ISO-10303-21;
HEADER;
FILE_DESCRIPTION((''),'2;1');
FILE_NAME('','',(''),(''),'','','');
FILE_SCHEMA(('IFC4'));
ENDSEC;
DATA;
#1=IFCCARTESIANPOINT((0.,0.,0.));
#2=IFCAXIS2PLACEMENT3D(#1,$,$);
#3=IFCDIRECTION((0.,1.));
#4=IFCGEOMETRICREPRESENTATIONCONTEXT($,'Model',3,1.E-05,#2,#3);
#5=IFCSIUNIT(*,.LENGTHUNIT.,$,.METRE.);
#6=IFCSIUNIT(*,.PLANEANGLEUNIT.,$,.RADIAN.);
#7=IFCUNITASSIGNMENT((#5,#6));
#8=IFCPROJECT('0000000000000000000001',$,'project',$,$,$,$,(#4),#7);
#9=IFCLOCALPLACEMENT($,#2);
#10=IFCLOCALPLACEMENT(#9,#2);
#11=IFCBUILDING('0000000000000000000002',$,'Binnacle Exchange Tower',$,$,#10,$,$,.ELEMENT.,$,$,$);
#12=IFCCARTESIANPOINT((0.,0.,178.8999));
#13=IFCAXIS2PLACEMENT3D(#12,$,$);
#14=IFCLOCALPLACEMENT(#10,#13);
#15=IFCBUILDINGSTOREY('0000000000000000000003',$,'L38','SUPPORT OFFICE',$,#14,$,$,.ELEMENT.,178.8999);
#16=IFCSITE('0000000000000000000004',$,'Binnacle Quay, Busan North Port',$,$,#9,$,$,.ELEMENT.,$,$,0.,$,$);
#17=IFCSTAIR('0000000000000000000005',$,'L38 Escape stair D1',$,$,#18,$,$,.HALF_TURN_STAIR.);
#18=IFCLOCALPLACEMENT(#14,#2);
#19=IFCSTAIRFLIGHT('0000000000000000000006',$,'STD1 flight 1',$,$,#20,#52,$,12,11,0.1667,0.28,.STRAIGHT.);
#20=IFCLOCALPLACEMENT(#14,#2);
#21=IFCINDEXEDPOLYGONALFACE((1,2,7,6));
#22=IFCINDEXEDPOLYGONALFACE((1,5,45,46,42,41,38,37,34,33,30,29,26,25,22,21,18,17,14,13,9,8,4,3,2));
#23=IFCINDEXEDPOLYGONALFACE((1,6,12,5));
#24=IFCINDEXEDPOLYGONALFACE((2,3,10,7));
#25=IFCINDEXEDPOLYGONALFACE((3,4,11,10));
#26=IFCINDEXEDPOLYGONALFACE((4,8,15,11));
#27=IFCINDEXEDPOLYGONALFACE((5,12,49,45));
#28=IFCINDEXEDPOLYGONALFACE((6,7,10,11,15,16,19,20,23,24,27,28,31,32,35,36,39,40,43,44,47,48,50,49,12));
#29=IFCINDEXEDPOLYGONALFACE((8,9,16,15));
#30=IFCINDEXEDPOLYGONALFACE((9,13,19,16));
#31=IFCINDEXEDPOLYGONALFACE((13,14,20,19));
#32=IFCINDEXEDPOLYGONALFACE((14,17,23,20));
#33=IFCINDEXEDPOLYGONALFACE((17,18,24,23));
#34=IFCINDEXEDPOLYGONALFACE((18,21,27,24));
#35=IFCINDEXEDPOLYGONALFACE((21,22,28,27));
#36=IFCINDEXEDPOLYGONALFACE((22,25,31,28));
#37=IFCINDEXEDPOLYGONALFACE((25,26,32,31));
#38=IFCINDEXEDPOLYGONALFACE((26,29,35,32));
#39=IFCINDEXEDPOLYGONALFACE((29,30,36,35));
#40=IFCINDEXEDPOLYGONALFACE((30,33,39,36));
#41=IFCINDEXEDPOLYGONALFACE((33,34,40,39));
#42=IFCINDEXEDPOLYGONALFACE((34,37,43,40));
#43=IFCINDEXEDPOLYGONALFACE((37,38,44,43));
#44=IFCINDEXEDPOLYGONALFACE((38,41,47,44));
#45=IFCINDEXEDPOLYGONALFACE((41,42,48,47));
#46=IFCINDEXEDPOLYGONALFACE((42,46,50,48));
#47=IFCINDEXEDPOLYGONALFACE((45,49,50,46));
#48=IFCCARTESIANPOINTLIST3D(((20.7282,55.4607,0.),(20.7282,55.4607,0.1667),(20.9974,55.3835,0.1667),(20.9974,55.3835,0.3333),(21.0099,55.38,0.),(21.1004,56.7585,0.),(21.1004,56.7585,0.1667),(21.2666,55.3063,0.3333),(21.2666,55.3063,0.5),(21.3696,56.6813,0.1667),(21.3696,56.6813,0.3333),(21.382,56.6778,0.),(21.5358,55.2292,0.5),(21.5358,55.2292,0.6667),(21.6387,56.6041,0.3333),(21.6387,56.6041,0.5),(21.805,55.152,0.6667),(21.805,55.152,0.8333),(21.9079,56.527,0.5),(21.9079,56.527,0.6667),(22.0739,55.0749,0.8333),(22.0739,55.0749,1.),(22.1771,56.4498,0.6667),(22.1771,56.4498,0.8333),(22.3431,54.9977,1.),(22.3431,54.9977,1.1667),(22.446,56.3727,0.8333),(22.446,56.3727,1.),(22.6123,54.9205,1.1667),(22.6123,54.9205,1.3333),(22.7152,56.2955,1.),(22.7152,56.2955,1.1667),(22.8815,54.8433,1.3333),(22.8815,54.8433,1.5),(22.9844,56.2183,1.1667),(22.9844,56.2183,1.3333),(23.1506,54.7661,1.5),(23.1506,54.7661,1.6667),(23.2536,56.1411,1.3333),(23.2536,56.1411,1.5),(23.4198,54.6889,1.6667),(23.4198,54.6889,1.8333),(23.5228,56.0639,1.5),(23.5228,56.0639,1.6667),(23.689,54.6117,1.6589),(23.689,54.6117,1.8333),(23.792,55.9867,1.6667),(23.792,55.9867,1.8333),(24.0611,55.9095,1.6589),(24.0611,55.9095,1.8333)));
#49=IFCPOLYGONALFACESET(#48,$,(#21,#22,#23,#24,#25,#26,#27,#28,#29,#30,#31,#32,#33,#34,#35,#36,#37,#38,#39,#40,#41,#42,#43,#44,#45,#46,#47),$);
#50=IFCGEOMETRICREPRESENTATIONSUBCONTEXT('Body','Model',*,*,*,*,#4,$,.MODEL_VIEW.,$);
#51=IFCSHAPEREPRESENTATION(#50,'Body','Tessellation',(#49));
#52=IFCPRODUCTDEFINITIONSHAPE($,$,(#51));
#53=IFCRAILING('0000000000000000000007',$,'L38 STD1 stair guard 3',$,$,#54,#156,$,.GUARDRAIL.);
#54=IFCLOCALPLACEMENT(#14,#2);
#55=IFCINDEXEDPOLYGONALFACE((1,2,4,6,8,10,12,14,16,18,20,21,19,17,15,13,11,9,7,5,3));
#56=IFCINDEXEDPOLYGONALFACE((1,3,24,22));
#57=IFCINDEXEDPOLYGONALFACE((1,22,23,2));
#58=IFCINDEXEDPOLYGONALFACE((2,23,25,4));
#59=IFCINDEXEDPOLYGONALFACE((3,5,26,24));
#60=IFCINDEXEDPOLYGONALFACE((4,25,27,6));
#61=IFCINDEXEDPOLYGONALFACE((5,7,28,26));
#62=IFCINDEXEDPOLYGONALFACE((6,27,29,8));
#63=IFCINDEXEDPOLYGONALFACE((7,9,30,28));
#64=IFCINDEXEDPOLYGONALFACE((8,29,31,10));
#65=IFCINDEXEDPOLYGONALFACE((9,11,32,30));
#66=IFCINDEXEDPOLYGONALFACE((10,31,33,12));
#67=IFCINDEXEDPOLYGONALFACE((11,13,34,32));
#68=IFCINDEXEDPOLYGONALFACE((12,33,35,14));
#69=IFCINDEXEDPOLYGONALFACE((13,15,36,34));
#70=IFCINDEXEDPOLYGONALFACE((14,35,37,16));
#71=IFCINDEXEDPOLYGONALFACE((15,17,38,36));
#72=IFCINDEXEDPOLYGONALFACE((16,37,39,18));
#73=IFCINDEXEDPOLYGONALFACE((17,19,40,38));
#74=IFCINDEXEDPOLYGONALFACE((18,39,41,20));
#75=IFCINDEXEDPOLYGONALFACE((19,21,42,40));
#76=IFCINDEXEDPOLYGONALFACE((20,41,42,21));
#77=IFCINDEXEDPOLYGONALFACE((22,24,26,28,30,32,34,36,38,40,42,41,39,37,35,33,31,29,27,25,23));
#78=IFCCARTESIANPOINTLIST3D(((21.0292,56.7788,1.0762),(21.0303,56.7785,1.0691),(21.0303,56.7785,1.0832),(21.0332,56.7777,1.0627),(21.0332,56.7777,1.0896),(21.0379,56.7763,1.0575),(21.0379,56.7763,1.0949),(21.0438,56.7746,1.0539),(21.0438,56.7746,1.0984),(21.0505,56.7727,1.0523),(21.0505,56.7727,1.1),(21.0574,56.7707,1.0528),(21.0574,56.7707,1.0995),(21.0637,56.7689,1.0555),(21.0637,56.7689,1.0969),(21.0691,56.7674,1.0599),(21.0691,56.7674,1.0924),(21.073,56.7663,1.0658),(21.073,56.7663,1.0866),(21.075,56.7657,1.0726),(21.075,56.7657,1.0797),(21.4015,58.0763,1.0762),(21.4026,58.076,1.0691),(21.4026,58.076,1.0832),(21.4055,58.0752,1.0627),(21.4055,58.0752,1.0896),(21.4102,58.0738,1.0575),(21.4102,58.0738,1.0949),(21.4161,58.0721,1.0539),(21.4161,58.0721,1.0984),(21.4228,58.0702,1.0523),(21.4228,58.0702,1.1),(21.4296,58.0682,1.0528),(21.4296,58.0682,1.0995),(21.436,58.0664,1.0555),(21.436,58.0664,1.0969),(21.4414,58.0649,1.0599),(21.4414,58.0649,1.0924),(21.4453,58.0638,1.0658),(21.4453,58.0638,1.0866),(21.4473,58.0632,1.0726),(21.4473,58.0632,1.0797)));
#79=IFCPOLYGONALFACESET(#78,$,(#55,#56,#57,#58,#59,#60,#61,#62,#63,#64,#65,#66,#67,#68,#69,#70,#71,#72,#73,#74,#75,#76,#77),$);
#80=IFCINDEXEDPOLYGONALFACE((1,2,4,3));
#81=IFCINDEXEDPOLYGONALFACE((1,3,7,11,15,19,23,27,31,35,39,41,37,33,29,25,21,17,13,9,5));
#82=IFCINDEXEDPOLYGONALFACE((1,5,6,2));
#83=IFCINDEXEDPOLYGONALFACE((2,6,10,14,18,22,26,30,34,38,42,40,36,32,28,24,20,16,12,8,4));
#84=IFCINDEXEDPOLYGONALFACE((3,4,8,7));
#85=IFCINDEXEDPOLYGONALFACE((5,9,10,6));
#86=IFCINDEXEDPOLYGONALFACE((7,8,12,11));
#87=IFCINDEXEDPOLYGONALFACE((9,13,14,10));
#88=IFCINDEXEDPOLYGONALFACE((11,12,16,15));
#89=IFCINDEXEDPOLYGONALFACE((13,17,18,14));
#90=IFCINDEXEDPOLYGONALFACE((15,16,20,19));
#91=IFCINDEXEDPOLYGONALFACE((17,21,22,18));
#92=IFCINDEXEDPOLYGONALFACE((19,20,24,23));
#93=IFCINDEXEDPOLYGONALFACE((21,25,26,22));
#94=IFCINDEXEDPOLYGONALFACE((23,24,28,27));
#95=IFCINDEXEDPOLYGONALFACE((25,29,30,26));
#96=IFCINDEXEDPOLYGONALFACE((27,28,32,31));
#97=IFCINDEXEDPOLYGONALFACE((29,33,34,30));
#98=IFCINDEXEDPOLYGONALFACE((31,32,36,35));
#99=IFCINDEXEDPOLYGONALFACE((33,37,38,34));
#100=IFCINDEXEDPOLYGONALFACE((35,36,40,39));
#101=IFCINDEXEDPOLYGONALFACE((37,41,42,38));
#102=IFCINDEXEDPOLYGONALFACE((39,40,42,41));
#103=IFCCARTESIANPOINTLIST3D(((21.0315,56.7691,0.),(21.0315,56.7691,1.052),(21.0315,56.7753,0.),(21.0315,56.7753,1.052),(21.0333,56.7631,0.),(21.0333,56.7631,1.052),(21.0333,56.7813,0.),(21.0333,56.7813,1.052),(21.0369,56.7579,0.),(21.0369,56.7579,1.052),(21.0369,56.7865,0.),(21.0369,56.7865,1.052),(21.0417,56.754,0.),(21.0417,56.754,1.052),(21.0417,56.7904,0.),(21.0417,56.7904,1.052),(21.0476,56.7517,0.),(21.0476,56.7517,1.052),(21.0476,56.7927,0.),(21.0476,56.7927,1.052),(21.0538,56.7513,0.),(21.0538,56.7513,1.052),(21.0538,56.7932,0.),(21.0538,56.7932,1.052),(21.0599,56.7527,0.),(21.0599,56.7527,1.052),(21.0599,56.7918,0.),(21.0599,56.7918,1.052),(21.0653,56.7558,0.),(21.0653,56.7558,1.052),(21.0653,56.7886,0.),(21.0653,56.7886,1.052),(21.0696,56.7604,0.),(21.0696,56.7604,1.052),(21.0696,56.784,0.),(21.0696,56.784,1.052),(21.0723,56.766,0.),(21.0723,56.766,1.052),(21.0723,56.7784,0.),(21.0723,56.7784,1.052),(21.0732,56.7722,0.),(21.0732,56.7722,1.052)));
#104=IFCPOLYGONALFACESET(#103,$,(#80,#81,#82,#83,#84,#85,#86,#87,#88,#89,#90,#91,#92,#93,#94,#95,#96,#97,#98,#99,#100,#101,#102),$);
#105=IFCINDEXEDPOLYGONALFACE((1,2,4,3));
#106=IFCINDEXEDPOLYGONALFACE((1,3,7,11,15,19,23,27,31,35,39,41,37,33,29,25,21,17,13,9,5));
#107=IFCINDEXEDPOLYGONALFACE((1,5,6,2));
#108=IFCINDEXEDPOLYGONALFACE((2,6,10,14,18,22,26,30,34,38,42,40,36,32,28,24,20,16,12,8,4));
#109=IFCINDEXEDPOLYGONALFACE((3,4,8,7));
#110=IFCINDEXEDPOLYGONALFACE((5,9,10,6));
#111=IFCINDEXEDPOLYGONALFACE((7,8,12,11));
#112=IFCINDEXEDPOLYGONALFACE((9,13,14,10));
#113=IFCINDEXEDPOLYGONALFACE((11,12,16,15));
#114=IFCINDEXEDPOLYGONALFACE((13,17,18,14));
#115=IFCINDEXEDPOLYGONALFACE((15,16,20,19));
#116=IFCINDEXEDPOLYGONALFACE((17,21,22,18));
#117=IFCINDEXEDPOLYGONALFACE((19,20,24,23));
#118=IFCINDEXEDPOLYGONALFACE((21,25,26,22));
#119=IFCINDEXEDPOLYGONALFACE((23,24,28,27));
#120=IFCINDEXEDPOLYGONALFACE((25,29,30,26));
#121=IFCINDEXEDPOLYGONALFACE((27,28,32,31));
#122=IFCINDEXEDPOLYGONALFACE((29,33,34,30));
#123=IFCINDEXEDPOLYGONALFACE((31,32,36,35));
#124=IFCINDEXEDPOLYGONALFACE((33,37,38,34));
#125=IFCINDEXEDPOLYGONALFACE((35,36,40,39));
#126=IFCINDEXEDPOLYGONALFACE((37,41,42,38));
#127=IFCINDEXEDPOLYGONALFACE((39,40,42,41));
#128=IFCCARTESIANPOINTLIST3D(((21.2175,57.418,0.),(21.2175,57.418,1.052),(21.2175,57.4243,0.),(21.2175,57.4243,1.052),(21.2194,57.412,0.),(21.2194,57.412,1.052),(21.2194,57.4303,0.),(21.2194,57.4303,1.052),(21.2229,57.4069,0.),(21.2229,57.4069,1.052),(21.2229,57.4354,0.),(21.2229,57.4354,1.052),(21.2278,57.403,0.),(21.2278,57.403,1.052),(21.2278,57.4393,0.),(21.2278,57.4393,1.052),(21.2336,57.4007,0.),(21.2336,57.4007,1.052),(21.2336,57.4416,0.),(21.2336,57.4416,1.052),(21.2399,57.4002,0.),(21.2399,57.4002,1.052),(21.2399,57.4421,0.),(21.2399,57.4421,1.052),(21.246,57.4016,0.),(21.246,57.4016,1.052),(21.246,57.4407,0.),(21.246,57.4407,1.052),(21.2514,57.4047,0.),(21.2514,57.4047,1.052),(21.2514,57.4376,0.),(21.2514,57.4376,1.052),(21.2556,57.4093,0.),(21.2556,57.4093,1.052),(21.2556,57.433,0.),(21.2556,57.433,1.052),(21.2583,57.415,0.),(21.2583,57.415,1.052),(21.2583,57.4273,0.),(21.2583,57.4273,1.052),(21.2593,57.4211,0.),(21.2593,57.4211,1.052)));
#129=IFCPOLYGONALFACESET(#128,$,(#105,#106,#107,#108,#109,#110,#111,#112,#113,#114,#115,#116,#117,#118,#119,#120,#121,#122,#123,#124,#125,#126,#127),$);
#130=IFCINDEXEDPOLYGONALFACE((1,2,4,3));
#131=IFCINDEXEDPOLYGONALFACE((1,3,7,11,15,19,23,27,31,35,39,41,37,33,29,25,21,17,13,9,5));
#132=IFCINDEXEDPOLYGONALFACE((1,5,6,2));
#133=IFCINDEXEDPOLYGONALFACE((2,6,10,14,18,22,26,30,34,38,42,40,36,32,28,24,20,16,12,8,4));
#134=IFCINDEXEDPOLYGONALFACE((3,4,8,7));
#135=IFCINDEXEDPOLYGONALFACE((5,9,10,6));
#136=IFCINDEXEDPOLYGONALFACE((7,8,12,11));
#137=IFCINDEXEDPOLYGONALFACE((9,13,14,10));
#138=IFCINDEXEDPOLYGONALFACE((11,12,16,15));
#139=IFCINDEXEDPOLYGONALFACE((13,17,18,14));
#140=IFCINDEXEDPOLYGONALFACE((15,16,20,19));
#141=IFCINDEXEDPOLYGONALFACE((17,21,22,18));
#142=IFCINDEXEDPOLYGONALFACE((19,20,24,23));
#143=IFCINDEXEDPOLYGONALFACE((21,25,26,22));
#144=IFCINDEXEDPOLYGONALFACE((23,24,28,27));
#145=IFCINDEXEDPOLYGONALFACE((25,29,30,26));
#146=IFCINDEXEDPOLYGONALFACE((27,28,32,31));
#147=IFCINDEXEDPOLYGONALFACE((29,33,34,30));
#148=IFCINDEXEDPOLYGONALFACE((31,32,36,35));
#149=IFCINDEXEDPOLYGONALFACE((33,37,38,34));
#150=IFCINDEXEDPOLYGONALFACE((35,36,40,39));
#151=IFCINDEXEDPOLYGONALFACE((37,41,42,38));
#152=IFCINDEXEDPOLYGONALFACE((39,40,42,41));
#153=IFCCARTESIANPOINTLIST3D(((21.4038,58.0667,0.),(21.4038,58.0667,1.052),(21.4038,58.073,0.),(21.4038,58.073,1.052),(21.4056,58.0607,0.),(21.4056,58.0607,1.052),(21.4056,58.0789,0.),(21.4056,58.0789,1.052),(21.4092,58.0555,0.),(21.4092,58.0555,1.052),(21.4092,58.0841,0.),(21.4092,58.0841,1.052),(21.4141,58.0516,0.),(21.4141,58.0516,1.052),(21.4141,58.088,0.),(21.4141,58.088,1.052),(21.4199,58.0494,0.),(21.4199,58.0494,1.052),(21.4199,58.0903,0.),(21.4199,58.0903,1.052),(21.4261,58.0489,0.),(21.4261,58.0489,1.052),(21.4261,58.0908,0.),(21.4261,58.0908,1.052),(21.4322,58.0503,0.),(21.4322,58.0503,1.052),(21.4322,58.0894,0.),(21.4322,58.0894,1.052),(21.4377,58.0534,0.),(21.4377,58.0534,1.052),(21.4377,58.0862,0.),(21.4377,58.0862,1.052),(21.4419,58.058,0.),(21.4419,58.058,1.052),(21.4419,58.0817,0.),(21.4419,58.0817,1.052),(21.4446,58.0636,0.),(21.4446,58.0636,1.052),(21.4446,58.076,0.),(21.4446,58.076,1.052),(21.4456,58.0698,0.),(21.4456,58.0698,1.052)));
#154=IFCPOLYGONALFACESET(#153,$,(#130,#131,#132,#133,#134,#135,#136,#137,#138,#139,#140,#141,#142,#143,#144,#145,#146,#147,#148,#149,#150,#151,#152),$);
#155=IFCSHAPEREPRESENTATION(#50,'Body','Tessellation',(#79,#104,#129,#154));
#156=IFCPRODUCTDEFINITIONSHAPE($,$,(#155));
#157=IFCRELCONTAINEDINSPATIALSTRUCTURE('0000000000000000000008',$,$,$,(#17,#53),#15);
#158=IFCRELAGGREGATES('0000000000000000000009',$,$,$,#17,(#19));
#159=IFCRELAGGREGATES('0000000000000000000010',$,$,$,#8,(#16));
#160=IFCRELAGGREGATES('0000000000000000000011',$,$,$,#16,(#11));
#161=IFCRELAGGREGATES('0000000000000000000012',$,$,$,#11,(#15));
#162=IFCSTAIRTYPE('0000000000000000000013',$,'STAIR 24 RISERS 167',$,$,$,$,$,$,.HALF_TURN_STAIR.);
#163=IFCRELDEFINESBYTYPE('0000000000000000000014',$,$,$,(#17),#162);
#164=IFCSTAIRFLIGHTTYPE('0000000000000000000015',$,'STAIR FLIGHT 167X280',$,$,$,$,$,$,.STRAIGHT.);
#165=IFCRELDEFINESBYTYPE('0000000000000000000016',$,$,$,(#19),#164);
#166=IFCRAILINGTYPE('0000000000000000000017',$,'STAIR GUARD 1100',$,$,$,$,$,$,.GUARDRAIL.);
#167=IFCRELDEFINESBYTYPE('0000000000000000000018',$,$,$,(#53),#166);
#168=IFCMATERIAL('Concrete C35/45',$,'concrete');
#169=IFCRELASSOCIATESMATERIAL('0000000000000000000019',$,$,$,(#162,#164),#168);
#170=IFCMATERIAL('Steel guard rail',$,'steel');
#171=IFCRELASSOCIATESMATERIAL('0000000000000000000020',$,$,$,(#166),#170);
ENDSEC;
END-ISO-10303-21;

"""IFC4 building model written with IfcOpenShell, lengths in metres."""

from ifc_helpers import new_model, si_unit, direction, frame, origin, origin_2d, place, context, subcontext, project, spatial, polyline, circle, outline, extrude, material, type_object, element, aggregate, save


model = new_model("IFC4")

# Units and contexts
model_context = context("Model", 3, precision=1e-05, world=origin(), true_north=direction((0.0, 1.0)))
body_context = subcontext(model_context, "Body", "Model", "MODEL_VIEW")
ifc_project = project(units=[si_unit("LENGTHUNIT", "METRE"), si_unit("PLANEANGLEUNIT", "RADIAN")], contexts=[model_context])

# Site, building, storey
site_placement = place(None, origin())
site = spatial("IfcSite", under=ifc_project, at=site_placement, Name="Binnacle Quay, Busan North Port", CompositionType="ELEMENT", RefElevation=0.0)
building_placement = place(site_placement, origin())
building = spatial("IfcBuilding", under=site, at=building_placement, Name="Binnacle Exchange Tower", CompositionType="ELEMENT")
storey_placement = place(building_placement, frame((0.0, 0.0, 178.8999)))
storey = spatial("IfcBuildingStorey", under=building, at=storey_placement, Name="L38", Description="SUPPORT OFFICE", CompositionType="ELEMENT", Elevation=178.8999)

# Stair, stair flight
ifc_material_1 = material(Name="Concrete C35/45", Category="concrete")
stair_type = type_object("IfcStairType", Name="STAIR 24 RISERS 167", PredefinedType="HALF_TURN_STAIR", material=ifc_material_1)
stair_placement = place(storey_placement, origin())
stair = element("IfcStair", 1, at=stair_placement, inside=storey, type_object=stair_type, Name="L38 Escape stair D1", PredefinedType="HALF_TURN_STAIR")
stair_flight_type = type_object("IfcStairFlightType", Name="STAIR FLIGHT 167X280", PredefinedType="STRAIGHT", material=ifc_material_1)
stair_flight_placement = place(storey_placement, frame((20.9143, 56.1096, 0.0), z_axis=(0.0, 0.0, 1.0), x_axis=(0.961262, -0.275637, 0.0)))
stair_flight = element("IfcStairFlight", 2, at=stair_flight_placement, type_object=stair_flight_type, Name="STD1 flight 1", NumberOfRisers=12, NumberOfTreads=11, PredefinedType="STRAIGHT", RiserHeight=0.1667, TreadLength=0.28, context=body_context, shape_type="SweptSolid", body=[
    extrude(outline(polyline([(0.0, 0.0), (0.0, 0.1667), (0.28, 0.1667), (0.28, 0.3333), (0.5601, 0.3333), (0.5601, 0.5), (0.8401, 0.5), (0.8401, 0.6667), (1.1201, 0.6667), (1.1201, 0.8333), (1.3999, 0.8333), (1.3999, 1.0), (1.6799, 1.0), (1.6799, 1.1667), (1.96, 1.1667), (1.96, 1.3333), (2.24, 1.3333), (2.24, 1.5), (2.52, 1.5), (2.52, 1.6667), (2.8, 1.6667), (2.8, 1.8333), (3.0801, 1.8333), (3.0801, 2.0), (3.0801, 1.6589), (0.293, 0.0), (0.0, 0.0)])), frame((0.0, 0.675, 0.0), z_axis=(0.0, -1.0, 0.0), x_axis=(1.0, 0.0, 0.0)), (0.0, 0.0, 1.0), 1.3501),
])
aggregate(stair, [stair_flight])

# Railing
ifc_material_2 = material(Name="Steel guard rail", Category="steel")
railing_type_1 = type_object("IfcRailingType", Name="STAIR GUARD 1100", PredefinedType="GUARDRAIL", material=ifc_material_2)
railing_1_placement = place(storey_placement, frame((21.0522, 56.7722, 0.0)))
element("IfcRailing", 3, at=railing_1_placement, inside=storey, type_object=railing_type_1, Name="L38 STD1 stair guard 3", PredefinedType="GUARDRAIL", context=body_context, shape_type="SweptSolid", body=[
    extrude(circle(Radius=0.0239, at=origin_2d()), frame((0.0, 0.0, 1.0762), z_axis=(0.275796, 0.961216, 0.0), x_axis=(-0.961216, 0.275796, 0.0)), (0.0, 0.0, 1.0), 1.3499),
    extrude(circle(Radius=0.021, at=origin_2d()), origin(), (0.0, 0.0, 1.0), 1.052),
    extrude(circle(Radius=0.021, at=origin_2d()), frame((0.186, 0.6489, 0.0)), (0.0, 0.0, 1.0), 1.052),
    extrude(circle(Radius=0.021, at=origin_2d()), frame((0.3723, 1.2976, 0.0)), (0.0, 0.0, 1.0), 1.052),
])

save(model, "model.ifc")
